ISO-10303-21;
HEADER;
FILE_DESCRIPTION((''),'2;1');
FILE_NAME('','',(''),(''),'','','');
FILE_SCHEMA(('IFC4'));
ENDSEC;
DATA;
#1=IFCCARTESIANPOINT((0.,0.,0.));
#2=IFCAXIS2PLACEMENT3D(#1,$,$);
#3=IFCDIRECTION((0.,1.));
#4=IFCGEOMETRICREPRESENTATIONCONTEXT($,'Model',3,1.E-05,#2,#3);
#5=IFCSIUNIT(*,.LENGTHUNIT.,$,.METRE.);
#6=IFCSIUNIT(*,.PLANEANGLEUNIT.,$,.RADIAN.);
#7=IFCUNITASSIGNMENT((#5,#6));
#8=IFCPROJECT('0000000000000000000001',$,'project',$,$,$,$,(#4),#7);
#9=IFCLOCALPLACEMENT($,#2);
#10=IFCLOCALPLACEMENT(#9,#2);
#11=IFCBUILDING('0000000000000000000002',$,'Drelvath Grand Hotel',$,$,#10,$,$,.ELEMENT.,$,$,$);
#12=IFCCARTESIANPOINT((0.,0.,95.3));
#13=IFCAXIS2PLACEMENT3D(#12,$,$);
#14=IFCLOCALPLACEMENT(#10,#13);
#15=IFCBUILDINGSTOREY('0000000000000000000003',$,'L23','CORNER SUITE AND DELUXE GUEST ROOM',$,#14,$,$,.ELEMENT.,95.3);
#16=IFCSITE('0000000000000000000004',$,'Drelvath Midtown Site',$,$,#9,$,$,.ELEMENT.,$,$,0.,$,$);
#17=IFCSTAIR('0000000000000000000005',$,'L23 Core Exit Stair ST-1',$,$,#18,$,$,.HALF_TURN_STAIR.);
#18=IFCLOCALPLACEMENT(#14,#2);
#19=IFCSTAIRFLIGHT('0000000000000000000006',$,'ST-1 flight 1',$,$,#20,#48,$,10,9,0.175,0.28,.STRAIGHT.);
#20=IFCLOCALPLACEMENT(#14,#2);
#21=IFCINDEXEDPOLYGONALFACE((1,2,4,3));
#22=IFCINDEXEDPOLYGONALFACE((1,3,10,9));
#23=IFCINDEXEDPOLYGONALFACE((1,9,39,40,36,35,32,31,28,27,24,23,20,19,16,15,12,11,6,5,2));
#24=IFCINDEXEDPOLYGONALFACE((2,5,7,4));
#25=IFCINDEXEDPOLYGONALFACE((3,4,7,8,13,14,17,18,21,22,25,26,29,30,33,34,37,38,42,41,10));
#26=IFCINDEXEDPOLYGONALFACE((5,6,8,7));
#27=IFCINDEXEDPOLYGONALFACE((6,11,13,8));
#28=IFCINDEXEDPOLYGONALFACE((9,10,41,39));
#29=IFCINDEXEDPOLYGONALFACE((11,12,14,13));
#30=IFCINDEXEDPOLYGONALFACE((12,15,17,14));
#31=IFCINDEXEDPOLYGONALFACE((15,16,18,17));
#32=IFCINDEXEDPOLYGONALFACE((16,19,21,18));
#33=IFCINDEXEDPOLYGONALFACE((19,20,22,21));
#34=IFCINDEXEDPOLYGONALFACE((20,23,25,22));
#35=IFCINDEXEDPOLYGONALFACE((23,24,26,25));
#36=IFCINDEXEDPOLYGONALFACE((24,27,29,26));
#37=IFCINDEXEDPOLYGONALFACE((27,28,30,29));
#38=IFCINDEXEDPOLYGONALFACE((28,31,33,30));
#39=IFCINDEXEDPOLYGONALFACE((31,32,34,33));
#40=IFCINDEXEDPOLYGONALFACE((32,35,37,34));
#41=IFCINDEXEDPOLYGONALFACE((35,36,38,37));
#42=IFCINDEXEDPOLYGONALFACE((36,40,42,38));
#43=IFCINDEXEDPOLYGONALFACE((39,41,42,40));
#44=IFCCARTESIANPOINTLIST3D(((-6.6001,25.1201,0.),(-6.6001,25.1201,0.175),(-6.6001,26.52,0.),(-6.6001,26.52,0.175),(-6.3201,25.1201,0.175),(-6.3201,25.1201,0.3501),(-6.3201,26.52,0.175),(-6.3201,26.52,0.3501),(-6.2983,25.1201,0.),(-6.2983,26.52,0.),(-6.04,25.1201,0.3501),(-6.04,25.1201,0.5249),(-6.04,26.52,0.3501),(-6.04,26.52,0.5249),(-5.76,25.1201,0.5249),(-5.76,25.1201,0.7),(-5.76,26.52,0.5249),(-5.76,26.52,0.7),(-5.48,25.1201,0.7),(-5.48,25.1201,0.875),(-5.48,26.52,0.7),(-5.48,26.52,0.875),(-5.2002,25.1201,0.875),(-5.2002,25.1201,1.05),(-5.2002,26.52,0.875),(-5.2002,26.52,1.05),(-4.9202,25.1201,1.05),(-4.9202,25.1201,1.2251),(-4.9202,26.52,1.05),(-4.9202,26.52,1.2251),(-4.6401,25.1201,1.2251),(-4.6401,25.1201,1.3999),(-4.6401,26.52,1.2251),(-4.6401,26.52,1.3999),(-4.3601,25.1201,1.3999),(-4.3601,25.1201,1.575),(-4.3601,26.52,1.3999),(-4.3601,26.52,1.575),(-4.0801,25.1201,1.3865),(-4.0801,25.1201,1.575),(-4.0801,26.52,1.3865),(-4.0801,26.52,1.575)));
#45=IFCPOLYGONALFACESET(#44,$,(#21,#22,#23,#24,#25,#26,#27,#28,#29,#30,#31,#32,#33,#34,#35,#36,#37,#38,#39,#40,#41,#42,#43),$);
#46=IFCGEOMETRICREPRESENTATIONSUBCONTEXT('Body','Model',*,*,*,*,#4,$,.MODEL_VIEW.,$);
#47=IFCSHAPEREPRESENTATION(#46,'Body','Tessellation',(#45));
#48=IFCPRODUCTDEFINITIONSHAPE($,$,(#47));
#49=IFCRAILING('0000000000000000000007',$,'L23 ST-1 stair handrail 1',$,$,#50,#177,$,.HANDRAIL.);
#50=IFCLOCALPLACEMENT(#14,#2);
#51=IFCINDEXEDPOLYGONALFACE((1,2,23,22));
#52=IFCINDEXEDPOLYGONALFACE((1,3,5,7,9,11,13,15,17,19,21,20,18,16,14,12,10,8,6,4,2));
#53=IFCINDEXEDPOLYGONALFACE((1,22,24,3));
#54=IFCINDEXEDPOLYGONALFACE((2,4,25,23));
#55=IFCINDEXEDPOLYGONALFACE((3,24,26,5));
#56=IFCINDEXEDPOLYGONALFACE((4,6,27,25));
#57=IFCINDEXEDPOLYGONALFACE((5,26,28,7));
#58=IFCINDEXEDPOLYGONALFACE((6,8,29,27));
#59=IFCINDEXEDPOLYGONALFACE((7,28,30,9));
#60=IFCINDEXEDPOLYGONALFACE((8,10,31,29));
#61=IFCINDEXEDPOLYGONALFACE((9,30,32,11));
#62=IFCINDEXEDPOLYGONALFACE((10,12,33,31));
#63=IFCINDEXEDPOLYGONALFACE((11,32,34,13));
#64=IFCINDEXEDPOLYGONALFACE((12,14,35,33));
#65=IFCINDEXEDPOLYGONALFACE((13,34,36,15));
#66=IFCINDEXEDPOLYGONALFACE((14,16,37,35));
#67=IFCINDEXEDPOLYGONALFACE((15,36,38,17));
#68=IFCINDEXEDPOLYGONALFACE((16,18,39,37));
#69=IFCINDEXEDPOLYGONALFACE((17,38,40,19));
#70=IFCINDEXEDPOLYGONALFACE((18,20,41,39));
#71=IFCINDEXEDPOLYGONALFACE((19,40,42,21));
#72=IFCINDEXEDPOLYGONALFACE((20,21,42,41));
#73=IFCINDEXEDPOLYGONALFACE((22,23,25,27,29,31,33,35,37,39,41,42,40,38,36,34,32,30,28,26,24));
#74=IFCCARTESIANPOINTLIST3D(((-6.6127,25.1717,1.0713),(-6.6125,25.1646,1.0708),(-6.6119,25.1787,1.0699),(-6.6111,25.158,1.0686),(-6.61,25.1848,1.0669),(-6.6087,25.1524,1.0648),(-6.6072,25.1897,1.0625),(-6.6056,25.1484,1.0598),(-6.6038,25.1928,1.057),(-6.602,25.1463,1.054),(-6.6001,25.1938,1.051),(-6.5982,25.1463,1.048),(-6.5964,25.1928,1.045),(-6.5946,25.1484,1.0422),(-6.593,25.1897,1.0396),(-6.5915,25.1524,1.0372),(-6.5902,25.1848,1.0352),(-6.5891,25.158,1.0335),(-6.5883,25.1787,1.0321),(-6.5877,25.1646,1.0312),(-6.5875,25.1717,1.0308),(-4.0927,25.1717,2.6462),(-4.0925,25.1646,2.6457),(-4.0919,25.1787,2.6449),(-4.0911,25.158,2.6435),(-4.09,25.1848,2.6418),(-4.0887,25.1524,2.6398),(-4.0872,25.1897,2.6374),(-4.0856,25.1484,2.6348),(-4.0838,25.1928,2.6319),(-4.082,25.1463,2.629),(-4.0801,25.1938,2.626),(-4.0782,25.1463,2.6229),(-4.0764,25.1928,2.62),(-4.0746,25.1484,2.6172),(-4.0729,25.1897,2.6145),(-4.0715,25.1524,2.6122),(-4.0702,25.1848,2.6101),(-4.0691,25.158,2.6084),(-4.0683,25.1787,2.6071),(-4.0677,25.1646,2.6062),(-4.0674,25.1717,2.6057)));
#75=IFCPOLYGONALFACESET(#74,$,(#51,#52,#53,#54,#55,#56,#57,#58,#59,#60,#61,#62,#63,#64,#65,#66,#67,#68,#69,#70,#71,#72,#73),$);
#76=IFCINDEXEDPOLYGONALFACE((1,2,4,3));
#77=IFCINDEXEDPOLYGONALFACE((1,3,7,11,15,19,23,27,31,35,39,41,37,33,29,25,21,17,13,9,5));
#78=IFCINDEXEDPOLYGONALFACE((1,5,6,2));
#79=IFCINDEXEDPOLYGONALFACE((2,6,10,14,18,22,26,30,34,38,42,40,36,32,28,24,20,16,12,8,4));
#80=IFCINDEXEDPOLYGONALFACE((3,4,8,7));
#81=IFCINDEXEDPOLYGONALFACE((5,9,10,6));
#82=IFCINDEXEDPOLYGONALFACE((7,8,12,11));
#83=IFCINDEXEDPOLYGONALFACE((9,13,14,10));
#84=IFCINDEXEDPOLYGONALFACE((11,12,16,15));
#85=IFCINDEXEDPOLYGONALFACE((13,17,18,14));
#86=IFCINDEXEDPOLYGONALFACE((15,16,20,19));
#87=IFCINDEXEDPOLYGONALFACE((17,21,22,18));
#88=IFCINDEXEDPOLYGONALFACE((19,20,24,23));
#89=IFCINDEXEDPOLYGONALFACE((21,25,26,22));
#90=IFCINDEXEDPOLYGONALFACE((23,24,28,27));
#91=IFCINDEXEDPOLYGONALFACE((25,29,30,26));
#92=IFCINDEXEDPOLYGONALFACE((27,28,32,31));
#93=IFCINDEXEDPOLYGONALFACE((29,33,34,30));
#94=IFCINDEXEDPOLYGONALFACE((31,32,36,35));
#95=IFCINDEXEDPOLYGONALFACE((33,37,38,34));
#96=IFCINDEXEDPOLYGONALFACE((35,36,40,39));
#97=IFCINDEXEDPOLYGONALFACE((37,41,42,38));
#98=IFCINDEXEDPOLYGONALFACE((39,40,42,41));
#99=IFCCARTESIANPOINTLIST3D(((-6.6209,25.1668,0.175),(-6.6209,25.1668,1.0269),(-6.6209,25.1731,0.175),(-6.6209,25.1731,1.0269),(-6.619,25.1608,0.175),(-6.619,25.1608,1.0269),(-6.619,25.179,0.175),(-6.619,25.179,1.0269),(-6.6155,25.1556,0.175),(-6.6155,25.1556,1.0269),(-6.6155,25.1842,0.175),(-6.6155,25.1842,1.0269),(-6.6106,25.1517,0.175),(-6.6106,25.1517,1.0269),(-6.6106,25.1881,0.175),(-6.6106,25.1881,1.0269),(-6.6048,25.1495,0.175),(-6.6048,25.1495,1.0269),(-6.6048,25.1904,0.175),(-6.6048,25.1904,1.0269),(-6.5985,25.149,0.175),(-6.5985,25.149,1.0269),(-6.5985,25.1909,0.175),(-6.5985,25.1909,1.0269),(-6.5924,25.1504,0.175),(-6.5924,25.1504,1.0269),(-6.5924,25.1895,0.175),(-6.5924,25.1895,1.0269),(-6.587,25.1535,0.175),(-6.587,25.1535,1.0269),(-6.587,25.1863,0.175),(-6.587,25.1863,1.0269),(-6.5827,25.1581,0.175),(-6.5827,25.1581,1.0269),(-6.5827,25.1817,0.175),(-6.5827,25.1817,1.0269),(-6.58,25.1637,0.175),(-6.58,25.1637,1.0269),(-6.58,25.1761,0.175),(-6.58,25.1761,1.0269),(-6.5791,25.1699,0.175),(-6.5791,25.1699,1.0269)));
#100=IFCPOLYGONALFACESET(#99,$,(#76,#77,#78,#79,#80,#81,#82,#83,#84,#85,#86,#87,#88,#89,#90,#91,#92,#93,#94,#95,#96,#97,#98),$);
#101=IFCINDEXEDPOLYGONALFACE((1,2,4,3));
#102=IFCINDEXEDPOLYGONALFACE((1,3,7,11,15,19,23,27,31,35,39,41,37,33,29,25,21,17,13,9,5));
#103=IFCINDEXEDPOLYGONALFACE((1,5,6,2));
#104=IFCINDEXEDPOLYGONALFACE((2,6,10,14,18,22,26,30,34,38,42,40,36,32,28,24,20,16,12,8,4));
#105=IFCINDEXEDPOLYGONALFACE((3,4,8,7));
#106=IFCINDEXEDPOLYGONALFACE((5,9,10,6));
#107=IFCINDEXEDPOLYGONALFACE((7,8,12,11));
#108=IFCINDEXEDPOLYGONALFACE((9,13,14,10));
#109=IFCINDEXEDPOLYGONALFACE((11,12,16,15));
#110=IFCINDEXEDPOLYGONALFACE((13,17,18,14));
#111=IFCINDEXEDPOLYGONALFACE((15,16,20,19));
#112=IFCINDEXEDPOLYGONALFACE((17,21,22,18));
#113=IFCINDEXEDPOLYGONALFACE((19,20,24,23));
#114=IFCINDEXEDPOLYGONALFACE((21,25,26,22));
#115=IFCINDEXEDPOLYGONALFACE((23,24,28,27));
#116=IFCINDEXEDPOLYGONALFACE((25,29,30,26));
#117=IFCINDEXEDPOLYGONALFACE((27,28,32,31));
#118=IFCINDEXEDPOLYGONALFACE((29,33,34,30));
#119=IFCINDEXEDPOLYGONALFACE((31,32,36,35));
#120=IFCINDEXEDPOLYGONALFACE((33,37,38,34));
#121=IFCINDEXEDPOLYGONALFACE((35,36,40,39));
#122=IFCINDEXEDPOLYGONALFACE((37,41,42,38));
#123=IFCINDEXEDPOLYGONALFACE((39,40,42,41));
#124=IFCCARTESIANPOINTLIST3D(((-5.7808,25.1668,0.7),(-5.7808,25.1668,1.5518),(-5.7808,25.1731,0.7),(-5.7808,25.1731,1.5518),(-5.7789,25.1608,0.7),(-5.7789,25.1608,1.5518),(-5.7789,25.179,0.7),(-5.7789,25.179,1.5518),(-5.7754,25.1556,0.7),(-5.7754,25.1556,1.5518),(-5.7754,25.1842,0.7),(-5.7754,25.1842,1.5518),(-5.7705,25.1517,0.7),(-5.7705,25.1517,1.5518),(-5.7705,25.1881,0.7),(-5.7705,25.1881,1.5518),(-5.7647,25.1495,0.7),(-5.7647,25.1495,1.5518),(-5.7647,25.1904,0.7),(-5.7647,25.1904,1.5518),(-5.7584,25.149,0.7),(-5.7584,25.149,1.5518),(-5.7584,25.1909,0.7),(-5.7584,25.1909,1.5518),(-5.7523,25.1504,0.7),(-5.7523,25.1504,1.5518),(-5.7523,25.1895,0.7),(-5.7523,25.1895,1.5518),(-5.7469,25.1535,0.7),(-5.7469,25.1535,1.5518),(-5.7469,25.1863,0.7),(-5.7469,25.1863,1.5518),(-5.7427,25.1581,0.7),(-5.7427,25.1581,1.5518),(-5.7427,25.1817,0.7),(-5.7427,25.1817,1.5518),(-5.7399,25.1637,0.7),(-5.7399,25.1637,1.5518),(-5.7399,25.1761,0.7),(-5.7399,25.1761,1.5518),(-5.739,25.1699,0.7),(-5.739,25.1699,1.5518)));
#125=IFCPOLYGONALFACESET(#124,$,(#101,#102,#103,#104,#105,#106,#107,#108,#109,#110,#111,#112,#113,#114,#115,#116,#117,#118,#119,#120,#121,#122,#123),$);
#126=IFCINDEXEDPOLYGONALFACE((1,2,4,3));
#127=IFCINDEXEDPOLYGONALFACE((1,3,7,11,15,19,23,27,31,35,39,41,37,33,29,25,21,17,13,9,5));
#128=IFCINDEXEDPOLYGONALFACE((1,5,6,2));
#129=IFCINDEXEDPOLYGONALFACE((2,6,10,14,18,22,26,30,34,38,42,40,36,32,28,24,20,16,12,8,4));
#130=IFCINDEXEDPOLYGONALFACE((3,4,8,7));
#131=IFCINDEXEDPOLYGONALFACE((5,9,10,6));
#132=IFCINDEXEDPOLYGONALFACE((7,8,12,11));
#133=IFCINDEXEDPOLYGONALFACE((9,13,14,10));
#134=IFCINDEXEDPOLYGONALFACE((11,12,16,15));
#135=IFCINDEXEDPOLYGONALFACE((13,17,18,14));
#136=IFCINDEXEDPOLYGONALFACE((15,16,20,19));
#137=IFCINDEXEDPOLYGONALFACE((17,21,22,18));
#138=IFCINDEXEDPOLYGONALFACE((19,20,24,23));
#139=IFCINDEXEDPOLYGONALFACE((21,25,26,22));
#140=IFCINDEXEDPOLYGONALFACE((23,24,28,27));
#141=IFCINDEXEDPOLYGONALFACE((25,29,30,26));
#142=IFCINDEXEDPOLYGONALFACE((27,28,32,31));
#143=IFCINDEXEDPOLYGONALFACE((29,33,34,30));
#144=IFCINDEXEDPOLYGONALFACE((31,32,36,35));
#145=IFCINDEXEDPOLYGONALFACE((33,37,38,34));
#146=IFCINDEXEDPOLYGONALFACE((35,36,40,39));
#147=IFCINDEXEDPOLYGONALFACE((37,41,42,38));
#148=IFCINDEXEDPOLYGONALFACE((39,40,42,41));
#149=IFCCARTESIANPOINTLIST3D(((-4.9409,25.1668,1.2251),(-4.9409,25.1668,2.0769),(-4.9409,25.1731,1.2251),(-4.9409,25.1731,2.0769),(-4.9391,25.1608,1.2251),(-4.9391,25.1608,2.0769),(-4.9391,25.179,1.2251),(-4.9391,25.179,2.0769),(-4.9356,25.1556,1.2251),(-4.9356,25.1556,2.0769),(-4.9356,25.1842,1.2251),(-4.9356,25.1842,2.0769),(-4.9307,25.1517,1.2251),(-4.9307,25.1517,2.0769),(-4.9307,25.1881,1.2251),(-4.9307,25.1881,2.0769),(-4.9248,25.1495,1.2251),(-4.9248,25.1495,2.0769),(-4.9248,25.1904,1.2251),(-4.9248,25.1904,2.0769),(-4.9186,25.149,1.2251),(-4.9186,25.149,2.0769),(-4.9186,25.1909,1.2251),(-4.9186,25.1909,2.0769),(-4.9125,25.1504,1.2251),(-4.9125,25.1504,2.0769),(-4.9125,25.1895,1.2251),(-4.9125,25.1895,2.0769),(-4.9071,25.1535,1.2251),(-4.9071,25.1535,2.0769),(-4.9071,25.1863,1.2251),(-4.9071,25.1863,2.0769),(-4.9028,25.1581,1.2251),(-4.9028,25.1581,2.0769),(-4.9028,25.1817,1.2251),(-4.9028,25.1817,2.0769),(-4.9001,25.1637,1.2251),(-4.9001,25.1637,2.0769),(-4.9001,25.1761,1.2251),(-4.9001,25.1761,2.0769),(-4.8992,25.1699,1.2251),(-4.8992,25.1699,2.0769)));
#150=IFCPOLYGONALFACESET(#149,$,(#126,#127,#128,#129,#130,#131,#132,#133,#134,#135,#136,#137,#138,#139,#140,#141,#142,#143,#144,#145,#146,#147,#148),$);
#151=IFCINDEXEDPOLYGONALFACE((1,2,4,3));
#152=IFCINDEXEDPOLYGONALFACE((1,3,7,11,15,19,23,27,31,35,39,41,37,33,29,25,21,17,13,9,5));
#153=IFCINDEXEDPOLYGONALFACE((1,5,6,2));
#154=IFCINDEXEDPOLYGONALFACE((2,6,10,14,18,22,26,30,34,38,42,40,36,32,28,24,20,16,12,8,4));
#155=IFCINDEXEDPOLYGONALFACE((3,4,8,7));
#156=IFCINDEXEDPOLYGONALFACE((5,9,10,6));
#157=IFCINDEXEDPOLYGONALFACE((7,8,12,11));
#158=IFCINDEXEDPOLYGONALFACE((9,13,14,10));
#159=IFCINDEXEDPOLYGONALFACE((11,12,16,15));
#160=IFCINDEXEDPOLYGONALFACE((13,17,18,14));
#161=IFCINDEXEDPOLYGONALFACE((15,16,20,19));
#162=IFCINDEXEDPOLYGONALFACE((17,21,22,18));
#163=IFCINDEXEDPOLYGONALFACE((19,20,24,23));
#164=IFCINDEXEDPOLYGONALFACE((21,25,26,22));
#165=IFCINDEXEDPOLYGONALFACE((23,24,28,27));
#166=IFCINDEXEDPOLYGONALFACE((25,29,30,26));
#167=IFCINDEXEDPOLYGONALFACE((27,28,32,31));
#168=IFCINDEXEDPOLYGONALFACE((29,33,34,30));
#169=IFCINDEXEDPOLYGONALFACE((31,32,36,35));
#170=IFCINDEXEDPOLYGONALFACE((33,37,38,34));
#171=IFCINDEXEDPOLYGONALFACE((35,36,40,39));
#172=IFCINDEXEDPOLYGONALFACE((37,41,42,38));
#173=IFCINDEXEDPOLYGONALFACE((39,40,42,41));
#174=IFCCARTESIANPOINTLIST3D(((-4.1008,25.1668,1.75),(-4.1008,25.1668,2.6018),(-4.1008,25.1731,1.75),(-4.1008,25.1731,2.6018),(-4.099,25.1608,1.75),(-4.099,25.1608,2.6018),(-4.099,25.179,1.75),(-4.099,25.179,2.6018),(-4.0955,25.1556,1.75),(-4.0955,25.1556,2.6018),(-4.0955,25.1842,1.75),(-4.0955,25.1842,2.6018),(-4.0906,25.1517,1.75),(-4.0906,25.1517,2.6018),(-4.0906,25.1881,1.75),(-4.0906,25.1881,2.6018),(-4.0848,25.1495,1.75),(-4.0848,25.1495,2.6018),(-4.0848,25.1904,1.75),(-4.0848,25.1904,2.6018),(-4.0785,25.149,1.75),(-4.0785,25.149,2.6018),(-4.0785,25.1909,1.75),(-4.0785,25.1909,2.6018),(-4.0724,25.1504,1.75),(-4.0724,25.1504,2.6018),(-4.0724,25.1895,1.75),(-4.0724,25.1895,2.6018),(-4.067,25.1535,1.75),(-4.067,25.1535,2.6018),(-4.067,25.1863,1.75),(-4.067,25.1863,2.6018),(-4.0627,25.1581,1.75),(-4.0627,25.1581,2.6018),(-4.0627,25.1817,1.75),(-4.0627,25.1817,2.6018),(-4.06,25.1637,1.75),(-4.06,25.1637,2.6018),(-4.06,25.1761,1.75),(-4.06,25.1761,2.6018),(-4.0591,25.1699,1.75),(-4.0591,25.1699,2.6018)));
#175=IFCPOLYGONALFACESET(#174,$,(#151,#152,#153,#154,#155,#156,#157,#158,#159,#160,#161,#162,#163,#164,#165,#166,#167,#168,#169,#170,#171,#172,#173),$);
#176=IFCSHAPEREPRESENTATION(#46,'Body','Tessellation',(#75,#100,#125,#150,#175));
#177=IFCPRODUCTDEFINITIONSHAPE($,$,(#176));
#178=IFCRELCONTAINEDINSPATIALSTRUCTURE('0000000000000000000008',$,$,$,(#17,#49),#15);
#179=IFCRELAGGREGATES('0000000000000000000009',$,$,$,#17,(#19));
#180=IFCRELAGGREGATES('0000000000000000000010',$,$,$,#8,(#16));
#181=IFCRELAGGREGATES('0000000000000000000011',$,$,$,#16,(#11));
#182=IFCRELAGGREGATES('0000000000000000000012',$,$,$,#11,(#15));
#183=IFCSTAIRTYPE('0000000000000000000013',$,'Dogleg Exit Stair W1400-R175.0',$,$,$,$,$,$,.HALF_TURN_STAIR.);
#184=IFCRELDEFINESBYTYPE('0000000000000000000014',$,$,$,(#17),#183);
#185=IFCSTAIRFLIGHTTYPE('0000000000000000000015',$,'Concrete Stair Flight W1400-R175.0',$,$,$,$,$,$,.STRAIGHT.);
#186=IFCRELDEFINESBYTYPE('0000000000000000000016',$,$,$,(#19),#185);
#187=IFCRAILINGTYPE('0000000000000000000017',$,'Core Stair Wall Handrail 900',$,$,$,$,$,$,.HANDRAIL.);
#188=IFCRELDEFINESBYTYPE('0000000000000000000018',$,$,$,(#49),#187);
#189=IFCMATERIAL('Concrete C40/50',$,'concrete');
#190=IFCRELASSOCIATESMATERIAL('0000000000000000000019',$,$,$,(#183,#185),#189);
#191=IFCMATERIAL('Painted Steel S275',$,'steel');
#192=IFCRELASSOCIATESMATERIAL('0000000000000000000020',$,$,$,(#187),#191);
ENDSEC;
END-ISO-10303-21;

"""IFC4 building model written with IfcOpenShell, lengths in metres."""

from ifc_helpers import new_model, si_unit, direction, frame, origin, origin_2d, place, context, subcontext, project, spatial, polyline, circle, outline, extrude, material, type_object, element, aggregate, save


model = new_model("IFC4")

# Units and contexts
model_context = context("Model", 3, precision=1e-05, world=origin(), true_north=direction((0.0, 1.0)))
body_context = subcontext(model_context, "Body", "Model", "MODEL_VIEW")
ifc_project = project(units=[si_unit("LENGTHUNIT", "METRE"), si_unit("PLANEANGLEUNIT", "RADIAN")], contexts=[model_context])

# Site, building, storey
site_placement = place(None, origin())
site = spatial("IfcSite", under=ifc_project, at=site_placement, Name="Drelvath Midtown Site", CompositionType="ELEMENT", RefElevation=0.0)
building_placement = place(site_placement, origin())
building = spatial("IfcBuilding", under=site, at=building_placement, Name="Drelvath Grand Hotel", CompositionType="ELEMENT")
storey_placement = place(building_placement, frame((0.0, 0.0, 95.3)))
storey = spatial("IfcBuildingStorey", under=building, at=storey_placement, Name="L23", Description="CORNER SUITE AND DELUXE GUEST ROOM", CompositionType="ELEMENT", Elevation=95.3)

# Shared definitions
ifc_material_1 = material(Name="Concrete C40/50", Category="concrete")
ifc_material_2 = material(Name="Painted Steel S275", Category="steel")

# Stair, stair flight
stair_type = type_object("IfcStairType", Name="Dogleg Exit Stair W1400-R175.0", PredefinedType="HALF_TURN_STAIR", material=ifc_material_1)
stair_placement = place(storey_placement, origin())
stair = element("IfcStair", 1, at=stair_placement, inside=storey, type_object=stair_type, Name="L23 Core Exit Stair ST-1", PredefinedType="HALF_TURN_STAIR")
stair_flight_type = type_object("IfcStairFlightType", Name="Concrete Stair Flight W1400-R175.0", PredefinedType="STRAIGHT", material=ifc_material_1)
stair_flight_placement = place(storey_placement, frame((-6.6001, 25.8201, 0.0), z_axis=(0.0, 0.0, 1.0), x_axis=(1.0, 0.0, 0.0)))
stair_flight = element("IfcStairFlight", 2, at=stair_flight_placement, type_object=stair_flight_type, Name="ST-1 flight 1", NumberOfRisers=10, NumberOfTreads=9, PredefinedType="STRAIGHT", RiserHeight=0.175, TreadLength=0.28, context=body_context, shape_type="SweptSolid", body=[
    extrude(outline(polyline([(0.0, 0.0), (0.0, 0.175), (0.28, 0.175), (0.28, 0.3501), (0.5601, 0.3501), (0.5601, 0.5249), (0.8401, 0.5249), (0.8401, 0.7), (1.1201, 0.7), (1.1201, 0.875), (1.3999, 0.875), (1.3999, 1.05), (1.6799, 1.05), (1.6799, 1.2251), (1.96, 1.2251), (1.96, 1.3999), (2.24, 1.3999), (2.24, 1.575), (2.52, 1.575), (2.52, 1.75), (2.52, 1.3865), (0.3018, 0.0), (0.0, 0.0)])), frame((0.0, 0.7, 0.0), z_axis=(0.0, -1.0, 0.0), x_axis=(1.0, 0.0, 0.0)), (0.0, 0.0, 1.0), 1.3999),
])
aggregate(stair, [stair_flight])

# Railing
railing_type_1 = type_object("IfcRailingType", Name="Core Stair Wall Handrail 900", PredefinedType="HANDRAIL", material=ifc_material_2)
railing_1_placement = place(storey_placement, frame((-6.6001, 25.1699, 0.175)))
element("IfcRailing", 3, at=railing_1_placement, inside=storey, type_object=railing_type_1, Name="L23 ST-1 stair handrail 1", PredefinedType="HANDRAIL", context=body_context, shape_type="SweptSolid", body=[
    extrude(circle(Radius=0.0239, at=origin_2d()), frame((0.0, 0.0, 0.876), z_axis=(0.848008, 0.0, 0.529984), x_axis=(0.0, 1.0, 0.0)), (0.0, 0.0, 1.0), 2.9717),
    extrude(circle(Radius=0.021, at=origin_2d()), origin(), (0.0, 0.0, 1.0), 0.8518),
    extrude(circle(Radius=0.021, at=origin_2d()), frame((0.8401, 0.0, 0.5249)), (0.0, 0.0, 1.0), 0.8518),
    extrude(circle(Radius=0.021, at=origin_2d()), frame((1.6799, 0.0, 1.05)), (0.0, 0.0, 1.0), 0.8518),
    extrude(circle(Radius=0.021, at=origin_2d()), frame((2.52, 0.0, 1.575)), (0.0, 0.0, 1.0), 0.8518),
])

save(model, "model.ifc")
